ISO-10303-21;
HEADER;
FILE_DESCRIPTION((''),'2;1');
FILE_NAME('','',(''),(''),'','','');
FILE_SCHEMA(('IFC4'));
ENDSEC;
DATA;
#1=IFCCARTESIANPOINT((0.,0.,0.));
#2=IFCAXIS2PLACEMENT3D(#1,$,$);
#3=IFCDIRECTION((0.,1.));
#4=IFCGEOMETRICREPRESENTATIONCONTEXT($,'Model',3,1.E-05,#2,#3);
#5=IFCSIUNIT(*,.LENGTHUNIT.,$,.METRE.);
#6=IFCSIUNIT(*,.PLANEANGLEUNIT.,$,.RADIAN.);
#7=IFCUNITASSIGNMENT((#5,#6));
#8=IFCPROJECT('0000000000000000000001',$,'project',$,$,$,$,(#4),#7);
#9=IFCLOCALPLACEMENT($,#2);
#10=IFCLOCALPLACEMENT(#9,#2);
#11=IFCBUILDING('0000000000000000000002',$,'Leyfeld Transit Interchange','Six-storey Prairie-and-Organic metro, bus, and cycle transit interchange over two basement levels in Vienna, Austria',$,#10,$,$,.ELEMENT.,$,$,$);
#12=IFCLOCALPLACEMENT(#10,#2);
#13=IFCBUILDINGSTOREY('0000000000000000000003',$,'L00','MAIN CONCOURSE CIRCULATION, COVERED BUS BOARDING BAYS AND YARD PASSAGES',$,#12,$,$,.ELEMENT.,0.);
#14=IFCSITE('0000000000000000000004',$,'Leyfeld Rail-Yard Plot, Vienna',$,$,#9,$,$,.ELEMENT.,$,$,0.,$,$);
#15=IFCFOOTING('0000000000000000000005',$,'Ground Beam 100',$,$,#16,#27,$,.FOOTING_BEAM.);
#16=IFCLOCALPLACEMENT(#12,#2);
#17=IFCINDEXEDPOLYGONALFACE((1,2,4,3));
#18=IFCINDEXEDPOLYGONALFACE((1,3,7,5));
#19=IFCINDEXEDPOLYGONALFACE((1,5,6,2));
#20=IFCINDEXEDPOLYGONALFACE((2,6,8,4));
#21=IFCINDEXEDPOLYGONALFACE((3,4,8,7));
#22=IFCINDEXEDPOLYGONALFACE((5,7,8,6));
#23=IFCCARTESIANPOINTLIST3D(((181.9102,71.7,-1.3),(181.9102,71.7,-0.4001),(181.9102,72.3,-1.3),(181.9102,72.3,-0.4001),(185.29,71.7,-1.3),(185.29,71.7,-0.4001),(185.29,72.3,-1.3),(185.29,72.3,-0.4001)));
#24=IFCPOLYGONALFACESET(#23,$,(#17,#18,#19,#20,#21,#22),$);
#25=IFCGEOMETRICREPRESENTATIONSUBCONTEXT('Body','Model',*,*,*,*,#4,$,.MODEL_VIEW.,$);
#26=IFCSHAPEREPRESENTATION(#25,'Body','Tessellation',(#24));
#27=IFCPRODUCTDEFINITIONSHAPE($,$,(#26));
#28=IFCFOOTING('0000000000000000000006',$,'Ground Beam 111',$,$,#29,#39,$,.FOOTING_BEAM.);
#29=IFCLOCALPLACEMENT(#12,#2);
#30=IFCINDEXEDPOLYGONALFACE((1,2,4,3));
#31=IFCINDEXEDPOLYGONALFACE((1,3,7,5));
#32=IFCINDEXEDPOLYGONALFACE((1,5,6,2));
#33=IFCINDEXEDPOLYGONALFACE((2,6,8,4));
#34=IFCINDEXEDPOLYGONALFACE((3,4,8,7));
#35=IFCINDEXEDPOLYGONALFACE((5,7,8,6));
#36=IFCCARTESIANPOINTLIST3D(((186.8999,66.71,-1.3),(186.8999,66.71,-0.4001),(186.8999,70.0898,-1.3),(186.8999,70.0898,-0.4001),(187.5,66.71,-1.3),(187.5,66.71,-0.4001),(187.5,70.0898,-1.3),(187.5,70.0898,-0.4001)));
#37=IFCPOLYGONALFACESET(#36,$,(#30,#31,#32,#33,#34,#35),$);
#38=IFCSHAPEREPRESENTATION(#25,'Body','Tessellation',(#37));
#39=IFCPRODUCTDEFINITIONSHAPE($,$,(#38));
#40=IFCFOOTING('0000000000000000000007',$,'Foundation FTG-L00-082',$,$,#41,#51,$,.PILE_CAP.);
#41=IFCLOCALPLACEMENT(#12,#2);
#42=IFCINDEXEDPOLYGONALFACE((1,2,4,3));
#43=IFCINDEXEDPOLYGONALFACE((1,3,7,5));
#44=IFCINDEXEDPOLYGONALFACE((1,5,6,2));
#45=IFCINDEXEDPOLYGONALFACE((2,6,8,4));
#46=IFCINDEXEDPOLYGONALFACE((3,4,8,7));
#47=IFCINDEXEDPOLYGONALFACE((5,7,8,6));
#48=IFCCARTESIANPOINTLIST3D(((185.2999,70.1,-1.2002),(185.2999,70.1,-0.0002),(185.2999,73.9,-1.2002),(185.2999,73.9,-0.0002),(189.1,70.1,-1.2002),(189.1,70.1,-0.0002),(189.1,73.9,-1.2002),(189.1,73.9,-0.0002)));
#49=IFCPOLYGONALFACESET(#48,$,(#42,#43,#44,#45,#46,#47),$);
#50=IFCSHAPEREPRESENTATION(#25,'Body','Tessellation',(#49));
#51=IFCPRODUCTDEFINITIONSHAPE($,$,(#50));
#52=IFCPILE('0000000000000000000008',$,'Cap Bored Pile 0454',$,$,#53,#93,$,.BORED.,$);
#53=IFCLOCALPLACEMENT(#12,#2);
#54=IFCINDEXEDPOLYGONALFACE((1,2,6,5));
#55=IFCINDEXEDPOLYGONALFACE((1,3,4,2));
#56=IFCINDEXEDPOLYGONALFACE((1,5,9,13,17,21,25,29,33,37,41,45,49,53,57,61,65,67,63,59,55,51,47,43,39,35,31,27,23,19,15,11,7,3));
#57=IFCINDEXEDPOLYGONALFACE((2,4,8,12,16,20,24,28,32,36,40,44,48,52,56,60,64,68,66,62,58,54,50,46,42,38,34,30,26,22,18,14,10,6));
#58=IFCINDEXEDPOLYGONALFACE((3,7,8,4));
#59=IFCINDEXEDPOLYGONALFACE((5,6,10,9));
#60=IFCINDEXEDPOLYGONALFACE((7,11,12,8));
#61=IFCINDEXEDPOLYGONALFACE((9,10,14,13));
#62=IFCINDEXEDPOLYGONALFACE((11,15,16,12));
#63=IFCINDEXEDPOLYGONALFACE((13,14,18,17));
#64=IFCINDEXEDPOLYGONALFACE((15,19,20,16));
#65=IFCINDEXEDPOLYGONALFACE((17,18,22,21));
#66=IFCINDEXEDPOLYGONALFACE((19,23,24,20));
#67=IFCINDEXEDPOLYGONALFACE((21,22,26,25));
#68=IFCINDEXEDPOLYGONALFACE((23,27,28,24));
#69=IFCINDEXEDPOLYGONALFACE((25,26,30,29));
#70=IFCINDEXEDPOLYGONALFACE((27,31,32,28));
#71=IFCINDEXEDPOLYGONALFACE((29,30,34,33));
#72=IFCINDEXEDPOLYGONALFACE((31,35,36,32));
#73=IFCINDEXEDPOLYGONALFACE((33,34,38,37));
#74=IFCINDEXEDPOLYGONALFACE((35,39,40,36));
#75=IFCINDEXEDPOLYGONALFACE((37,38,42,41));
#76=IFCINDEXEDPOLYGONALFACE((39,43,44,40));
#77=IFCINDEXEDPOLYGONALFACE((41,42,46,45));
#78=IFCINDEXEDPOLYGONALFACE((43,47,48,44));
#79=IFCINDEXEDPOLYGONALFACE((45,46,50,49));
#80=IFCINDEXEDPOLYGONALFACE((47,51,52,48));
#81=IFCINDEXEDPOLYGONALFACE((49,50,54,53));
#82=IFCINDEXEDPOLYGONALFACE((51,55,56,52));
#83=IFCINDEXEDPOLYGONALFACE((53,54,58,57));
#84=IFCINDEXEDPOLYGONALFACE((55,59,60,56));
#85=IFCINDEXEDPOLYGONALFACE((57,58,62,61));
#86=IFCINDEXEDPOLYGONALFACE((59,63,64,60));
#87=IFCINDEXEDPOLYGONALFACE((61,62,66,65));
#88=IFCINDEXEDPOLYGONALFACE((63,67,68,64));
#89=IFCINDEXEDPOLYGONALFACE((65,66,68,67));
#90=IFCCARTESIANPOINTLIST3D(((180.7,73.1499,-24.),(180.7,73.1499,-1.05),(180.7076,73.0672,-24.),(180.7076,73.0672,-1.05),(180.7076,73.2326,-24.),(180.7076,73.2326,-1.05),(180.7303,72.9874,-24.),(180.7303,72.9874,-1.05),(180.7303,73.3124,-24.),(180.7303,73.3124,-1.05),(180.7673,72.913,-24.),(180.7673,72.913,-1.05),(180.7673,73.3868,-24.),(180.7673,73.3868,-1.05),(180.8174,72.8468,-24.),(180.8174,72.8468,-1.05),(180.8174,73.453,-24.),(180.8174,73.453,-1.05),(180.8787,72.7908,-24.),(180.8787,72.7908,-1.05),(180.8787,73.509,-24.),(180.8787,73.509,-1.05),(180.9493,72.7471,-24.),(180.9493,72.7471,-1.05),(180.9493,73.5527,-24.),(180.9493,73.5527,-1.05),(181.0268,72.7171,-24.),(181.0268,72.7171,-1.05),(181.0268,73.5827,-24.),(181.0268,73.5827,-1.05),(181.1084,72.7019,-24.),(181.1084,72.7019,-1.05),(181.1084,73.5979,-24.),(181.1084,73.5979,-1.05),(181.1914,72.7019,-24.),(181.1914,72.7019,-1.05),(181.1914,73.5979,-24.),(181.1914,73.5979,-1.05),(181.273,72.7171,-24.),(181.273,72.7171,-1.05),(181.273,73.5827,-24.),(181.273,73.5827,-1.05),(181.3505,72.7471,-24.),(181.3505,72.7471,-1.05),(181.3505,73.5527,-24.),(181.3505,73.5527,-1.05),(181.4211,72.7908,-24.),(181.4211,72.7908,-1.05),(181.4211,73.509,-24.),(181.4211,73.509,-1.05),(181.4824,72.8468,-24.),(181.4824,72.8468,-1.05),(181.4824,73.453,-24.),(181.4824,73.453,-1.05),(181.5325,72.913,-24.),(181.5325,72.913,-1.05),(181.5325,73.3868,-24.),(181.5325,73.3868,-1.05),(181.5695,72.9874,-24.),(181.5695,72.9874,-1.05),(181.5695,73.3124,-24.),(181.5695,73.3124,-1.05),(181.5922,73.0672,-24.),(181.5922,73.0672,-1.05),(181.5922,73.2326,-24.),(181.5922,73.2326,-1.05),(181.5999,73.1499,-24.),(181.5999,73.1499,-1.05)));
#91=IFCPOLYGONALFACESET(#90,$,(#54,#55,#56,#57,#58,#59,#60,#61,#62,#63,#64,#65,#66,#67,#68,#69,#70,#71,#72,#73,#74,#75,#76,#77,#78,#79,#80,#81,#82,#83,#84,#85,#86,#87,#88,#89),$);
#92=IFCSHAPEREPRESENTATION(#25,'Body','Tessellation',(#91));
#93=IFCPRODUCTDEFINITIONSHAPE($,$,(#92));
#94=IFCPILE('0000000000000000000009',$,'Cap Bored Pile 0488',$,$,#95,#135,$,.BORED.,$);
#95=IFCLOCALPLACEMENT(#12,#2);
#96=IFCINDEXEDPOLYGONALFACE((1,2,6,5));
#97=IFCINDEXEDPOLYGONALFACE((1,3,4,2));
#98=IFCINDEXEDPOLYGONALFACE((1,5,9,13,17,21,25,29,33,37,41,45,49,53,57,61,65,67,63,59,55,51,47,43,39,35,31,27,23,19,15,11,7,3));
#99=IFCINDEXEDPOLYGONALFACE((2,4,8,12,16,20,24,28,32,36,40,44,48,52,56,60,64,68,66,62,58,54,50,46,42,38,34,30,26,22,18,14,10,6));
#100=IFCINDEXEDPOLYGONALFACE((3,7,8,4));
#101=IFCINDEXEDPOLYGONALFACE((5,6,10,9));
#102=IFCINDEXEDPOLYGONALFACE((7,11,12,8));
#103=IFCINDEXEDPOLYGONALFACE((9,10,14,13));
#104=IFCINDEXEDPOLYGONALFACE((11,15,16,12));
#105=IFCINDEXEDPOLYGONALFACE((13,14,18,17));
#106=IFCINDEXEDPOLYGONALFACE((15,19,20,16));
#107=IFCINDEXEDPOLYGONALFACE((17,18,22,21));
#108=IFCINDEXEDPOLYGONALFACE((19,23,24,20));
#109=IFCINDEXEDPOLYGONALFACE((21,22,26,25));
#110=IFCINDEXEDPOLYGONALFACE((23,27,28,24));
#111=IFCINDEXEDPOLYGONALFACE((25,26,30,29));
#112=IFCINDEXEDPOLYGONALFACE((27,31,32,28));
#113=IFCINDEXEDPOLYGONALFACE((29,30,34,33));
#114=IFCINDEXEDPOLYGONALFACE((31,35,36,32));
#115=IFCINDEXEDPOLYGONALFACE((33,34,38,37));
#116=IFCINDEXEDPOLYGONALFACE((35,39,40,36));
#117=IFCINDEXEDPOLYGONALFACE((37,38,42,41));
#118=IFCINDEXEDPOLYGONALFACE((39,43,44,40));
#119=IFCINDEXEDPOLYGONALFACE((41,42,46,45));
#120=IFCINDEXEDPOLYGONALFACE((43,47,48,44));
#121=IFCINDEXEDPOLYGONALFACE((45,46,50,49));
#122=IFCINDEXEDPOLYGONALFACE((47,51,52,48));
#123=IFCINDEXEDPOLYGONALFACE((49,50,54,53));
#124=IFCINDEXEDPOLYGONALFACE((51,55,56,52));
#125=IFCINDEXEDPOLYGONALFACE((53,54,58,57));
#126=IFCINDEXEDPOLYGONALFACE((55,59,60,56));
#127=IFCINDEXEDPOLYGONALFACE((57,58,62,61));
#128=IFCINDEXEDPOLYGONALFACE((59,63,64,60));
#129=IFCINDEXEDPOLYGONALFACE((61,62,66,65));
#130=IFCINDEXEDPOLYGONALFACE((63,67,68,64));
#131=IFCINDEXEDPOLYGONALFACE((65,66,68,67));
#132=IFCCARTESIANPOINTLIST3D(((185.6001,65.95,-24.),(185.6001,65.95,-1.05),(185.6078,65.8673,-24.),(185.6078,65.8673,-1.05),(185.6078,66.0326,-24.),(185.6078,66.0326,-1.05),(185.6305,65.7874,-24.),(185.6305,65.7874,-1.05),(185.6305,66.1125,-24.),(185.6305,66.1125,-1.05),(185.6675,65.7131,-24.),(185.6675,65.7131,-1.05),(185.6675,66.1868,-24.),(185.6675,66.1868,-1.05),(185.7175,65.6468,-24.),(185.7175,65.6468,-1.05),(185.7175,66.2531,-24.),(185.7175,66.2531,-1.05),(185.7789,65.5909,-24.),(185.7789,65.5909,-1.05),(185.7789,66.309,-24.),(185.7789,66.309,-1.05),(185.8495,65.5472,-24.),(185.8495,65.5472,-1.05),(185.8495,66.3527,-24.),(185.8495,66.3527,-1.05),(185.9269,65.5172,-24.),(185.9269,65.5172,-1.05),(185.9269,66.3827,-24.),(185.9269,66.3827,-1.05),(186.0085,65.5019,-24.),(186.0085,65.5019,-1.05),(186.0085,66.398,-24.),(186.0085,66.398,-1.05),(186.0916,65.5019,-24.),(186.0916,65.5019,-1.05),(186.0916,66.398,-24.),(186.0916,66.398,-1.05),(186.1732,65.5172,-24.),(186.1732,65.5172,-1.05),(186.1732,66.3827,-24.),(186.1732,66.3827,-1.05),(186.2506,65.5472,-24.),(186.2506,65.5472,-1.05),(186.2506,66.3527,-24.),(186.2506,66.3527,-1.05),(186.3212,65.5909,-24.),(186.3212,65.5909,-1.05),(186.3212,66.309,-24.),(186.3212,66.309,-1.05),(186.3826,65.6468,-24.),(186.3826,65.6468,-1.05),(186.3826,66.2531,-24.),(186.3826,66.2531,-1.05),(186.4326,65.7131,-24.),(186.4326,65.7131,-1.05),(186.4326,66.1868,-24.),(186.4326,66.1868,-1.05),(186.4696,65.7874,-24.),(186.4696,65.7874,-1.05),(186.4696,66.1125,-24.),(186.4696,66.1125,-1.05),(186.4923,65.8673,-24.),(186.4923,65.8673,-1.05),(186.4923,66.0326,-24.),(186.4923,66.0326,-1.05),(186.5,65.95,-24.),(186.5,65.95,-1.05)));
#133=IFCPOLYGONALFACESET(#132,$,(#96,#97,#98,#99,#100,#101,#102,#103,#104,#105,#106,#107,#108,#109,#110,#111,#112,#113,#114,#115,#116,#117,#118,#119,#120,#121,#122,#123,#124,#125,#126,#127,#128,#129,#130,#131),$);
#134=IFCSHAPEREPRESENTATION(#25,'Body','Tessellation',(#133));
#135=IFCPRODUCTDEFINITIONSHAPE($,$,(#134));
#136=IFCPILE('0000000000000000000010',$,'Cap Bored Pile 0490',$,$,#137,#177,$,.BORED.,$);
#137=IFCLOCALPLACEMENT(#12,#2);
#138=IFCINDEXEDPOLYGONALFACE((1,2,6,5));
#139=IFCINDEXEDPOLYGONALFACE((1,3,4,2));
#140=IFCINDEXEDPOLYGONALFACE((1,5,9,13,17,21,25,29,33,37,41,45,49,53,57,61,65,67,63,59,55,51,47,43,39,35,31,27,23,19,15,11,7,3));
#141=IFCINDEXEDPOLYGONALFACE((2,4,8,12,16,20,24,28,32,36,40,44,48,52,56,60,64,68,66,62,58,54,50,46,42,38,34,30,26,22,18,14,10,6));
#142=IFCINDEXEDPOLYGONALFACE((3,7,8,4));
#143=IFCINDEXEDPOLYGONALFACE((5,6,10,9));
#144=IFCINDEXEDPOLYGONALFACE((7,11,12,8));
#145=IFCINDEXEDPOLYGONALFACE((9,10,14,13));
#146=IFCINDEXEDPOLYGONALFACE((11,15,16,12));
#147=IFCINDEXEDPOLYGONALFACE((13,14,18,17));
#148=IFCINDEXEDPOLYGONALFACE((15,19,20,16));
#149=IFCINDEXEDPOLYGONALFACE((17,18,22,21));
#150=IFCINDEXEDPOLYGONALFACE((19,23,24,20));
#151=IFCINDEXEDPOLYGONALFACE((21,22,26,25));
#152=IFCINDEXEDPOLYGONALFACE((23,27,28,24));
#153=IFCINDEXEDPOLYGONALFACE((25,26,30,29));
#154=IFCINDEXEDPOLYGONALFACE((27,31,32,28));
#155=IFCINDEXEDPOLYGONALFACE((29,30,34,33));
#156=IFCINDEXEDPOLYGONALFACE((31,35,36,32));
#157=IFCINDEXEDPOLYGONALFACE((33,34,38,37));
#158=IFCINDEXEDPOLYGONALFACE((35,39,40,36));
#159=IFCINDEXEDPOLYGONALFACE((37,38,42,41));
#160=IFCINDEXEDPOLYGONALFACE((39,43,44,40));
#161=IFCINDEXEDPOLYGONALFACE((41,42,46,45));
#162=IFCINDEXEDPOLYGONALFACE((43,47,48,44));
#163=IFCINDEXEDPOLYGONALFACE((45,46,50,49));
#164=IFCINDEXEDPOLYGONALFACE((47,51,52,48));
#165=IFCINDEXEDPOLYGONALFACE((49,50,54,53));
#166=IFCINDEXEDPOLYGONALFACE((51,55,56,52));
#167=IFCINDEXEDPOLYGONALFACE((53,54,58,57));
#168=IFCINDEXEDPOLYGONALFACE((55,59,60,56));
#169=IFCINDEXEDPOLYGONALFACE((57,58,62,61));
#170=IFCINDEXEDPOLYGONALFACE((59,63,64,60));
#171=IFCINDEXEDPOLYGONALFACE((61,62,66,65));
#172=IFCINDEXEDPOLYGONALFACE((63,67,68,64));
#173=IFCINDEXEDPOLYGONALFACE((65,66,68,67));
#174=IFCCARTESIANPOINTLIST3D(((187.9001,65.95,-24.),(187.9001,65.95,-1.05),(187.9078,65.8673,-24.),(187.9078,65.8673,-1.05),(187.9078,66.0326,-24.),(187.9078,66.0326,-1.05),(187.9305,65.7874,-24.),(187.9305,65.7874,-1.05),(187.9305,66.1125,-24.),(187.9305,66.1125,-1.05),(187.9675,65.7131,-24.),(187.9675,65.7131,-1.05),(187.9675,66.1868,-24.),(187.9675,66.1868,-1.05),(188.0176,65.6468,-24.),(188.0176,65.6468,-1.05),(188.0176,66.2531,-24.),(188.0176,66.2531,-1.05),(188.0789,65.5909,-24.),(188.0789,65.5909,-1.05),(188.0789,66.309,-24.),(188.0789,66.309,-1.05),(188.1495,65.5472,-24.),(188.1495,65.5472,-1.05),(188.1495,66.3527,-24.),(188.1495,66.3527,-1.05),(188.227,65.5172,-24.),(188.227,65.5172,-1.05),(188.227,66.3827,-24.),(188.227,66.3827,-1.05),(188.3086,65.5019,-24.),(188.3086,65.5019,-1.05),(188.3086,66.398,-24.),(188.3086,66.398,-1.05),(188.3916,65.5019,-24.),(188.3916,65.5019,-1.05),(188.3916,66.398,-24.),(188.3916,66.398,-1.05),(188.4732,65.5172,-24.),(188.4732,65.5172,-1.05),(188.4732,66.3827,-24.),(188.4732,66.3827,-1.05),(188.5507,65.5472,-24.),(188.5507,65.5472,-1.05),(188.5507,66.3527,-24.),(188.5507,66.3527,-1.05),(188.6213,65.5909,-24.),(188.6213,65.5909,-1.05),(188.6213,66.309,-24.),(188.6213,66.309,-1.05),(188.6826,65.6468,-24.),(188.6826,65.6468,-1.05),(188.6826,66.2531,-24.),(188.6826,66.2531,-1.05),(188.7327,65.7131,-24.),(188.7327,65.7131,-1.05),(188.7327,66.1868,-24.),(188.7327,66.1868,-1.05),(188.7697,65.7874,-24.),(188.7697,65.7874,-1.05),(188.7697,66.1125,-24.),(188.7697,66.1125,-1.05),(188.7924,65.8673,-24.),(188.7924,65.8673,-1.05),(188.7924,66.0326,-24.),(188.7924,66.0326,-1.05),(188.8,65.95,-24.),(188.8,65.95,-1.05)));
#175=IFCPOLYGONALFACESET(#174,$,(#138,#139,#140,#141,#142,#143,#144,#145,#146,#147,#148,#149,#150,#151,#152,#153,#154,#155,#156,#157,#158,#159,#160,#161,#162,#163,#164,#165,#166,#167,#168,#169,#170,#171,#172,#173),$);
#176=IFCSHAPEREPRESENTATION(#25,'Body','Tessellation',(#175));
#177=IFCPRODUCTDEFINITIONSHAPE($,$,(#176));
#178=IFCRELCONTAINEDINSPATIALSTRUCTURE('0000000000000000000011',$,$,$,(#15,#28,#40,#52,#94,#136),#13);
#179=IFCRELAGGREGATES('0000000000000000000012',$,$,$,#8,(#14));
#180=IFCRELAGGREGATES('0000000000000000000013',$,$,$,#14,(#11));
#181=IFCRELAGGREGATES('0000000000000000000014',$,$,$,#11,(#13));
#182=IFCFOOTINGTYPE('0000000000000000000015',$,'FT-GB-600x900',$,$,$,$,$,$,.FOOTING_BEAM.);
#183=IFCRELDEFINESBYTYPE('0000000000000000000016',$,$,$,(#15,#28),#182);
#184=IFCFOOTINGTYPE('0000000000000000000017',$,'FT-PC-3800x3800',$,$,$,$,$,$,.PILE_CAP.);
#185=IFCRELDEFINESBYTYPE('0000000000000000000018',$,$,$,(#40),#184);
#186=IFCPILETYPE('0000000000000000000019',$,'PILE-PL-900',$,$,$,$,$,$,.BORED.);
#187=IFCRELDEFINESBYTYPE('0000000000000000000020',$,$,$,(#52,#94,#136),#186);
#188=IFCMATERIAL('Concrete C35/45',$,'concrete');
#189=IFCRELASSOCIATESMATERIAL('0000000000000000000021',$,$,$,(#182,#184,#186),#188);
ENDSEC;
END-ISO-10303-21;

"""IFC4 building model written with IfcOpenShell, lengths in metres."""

from ifc_helpers import new_model, si_unit, direction, frame, origin, origin_2d, place, context, subcontext, project, spatial, rectangle, circle, extrude, material, material_profile, profile_set, type_object, element, save


model = new_model("IFC4")

# Units and contexts
model_context = context("Model", 3, precision=1e-05, world=origin(), true_north=direction((0.0, 1.0)))
body_context = subcontext(model_context, "Body", "Model", "MODEL_VIEW")
ifc_project = project(units=[si_unit("LENGTHUNIT", "METRE"), si_unit("PLANEANGLEUNIT", "RADIAN")], contexts=[model_context])

# Site, building, storey
site_placement = place(None, origin())
site = spatial("IfcSite", under=ifc_project, at=site_placement, Name="Leyfeld Rail-Yard Plot, Vienna", CompositionType="ELEMENT", RefElevation=0.0)
building_placement = place(site_placement, origin())
building = spatial("IfcBuilding", under=site, at=building_placement, Name="Leyfeld Transit Interchange", Description="Six-storey Prairie-and-Organic metro, bus, and cycle transit interchange over two basement levels in Vienna, Austria", CompositionType="ELEMENT")
storey_placement = place(building_placement, origin())
storey = spatial("IfcBuildingStorey", under=building, at=storey_placement, Name="L00", Description="MAIN CONCOURSE CIRCULATION, COVERED BUS BOARDING BAYS AND YARD PASSAGES", CompositionType="ELEMENT", Elevation=0.0)

# Footings
ifc_material_1 = material(Name="Concrete C35/45", Category="concrete")
footing_type_1 = type_object("IfcFootingType", Name="FT-GB-600x900", PredefinedType="FOOTING_BEAM", material=ifc_material_1)
footing_1_placement = place(storey_placement, frame((183.6001, 72.0, -1.3), z_axis=(0.0, 0.0, 1.0), x_axis=(1.0, 0.0, 0.0)))
element("IfcFooting", 1, at=footing_1_placement, inside=storey, type_object=footing_type_1, Name="Ground Beam 100", PredefinedType="FOOTING_BEAM", context=body_context, shape_type="SweptSolid", body=[
    extrude(rectangle(XDim=3.3799, YDim=0.6001, at=origin_2d()), origin(), (0.0, 0.0, 1.0), 0.8999),
])
footing_2_placement = place(storey_placement, frame((187.2, 68.3999, -1.3), z_axis=(0.0, 0.0, 1.0), x_axis=(1.0, 0.0, 0.0)))
element("IfcFooting", 2, at=footing_2_placement, inside=storey, type_object=footing_type_1, Name="Ground Beam 111", PredefinedType="FOOTING_BEAM", context=body_context, shape_type="SweptSolid", body=[
    extrude(rectangle(XDim=0.6001, YDim=3.3799, at=origin_2d()), origin(), (0.0, 0.0, 1.0), 0.8999),
])
footing_type_2 = type_object("IfcFootingType", Name="FT-PC-3800x3800", PredefinedType="PILE_CAP", material=ifc_material_1)
footing_3_placement = place(storey_placement, frame((187.2, 72.0, -1.2002), z_axis=(0.0, 0.0, 1.0), x_axis=(1.0, 0.0, 0.0)))
element("IfcFooting", 3, at=footing_3_placement, inside=storey, type_object=footing_type_2, Name="Foundation FTG-L00-082", PredefinedType="PILE_CAP", context=body_context, shape_type="SweptSolid", body=[
    extrude(rectangle(XDim=3.8, YDim=3.8, at=origin_2d()), origin(), (0.0, 0.0, 1.0), 1.2),
])

# Piles
ifc_material_profile_1 = material_profile(ifc_material_1, circle(Radius=0.45, at=origin_2d()), Name="PILE D900")
ifc_profile_set_1 = profile_set([ifc_material_profile_1], Name="Concrete C35/45")
pile_type = type_object("IfcPileType", Name="PILE-PL-900", PredefinedType="BORED", material=ifc_profile_set_1)
for number, where, z_axis, x_axis, name in (
    (4, (181.1499, 73.1499, -1.05), (0.0, 0.0, -1.0), (1.0, 0.0, 0.0), "Cap Bored Pile 0454"),
    (5, (186.05, 65.95, -1.05), (0.0, 0.0, -1.0), (1.0, 0.0, 0.0), "Cap Bored Pile 0488"),
    (6, (188.3501, 65.95, -1.05), (0.0, 0.0, -1.0), (1.0, 0.0, 0.0), "Cap Bored Pile 0490"),
):
    element("IfcPile", number, at=place(storey_placement, frame(where, z_axis=z_axis, x_axis=x_axis)), inside=storey, type_object=pile_type, Name=name, PredefinedType="BORED", context=body_context, shape_type="SweptSolid", body=[
        extrude(circle(Radius=0.45, at=origin_2d()), origin(), (0.0, 0.0, 1.0), 22.95),
    ])

save(model, "model.ifc")
